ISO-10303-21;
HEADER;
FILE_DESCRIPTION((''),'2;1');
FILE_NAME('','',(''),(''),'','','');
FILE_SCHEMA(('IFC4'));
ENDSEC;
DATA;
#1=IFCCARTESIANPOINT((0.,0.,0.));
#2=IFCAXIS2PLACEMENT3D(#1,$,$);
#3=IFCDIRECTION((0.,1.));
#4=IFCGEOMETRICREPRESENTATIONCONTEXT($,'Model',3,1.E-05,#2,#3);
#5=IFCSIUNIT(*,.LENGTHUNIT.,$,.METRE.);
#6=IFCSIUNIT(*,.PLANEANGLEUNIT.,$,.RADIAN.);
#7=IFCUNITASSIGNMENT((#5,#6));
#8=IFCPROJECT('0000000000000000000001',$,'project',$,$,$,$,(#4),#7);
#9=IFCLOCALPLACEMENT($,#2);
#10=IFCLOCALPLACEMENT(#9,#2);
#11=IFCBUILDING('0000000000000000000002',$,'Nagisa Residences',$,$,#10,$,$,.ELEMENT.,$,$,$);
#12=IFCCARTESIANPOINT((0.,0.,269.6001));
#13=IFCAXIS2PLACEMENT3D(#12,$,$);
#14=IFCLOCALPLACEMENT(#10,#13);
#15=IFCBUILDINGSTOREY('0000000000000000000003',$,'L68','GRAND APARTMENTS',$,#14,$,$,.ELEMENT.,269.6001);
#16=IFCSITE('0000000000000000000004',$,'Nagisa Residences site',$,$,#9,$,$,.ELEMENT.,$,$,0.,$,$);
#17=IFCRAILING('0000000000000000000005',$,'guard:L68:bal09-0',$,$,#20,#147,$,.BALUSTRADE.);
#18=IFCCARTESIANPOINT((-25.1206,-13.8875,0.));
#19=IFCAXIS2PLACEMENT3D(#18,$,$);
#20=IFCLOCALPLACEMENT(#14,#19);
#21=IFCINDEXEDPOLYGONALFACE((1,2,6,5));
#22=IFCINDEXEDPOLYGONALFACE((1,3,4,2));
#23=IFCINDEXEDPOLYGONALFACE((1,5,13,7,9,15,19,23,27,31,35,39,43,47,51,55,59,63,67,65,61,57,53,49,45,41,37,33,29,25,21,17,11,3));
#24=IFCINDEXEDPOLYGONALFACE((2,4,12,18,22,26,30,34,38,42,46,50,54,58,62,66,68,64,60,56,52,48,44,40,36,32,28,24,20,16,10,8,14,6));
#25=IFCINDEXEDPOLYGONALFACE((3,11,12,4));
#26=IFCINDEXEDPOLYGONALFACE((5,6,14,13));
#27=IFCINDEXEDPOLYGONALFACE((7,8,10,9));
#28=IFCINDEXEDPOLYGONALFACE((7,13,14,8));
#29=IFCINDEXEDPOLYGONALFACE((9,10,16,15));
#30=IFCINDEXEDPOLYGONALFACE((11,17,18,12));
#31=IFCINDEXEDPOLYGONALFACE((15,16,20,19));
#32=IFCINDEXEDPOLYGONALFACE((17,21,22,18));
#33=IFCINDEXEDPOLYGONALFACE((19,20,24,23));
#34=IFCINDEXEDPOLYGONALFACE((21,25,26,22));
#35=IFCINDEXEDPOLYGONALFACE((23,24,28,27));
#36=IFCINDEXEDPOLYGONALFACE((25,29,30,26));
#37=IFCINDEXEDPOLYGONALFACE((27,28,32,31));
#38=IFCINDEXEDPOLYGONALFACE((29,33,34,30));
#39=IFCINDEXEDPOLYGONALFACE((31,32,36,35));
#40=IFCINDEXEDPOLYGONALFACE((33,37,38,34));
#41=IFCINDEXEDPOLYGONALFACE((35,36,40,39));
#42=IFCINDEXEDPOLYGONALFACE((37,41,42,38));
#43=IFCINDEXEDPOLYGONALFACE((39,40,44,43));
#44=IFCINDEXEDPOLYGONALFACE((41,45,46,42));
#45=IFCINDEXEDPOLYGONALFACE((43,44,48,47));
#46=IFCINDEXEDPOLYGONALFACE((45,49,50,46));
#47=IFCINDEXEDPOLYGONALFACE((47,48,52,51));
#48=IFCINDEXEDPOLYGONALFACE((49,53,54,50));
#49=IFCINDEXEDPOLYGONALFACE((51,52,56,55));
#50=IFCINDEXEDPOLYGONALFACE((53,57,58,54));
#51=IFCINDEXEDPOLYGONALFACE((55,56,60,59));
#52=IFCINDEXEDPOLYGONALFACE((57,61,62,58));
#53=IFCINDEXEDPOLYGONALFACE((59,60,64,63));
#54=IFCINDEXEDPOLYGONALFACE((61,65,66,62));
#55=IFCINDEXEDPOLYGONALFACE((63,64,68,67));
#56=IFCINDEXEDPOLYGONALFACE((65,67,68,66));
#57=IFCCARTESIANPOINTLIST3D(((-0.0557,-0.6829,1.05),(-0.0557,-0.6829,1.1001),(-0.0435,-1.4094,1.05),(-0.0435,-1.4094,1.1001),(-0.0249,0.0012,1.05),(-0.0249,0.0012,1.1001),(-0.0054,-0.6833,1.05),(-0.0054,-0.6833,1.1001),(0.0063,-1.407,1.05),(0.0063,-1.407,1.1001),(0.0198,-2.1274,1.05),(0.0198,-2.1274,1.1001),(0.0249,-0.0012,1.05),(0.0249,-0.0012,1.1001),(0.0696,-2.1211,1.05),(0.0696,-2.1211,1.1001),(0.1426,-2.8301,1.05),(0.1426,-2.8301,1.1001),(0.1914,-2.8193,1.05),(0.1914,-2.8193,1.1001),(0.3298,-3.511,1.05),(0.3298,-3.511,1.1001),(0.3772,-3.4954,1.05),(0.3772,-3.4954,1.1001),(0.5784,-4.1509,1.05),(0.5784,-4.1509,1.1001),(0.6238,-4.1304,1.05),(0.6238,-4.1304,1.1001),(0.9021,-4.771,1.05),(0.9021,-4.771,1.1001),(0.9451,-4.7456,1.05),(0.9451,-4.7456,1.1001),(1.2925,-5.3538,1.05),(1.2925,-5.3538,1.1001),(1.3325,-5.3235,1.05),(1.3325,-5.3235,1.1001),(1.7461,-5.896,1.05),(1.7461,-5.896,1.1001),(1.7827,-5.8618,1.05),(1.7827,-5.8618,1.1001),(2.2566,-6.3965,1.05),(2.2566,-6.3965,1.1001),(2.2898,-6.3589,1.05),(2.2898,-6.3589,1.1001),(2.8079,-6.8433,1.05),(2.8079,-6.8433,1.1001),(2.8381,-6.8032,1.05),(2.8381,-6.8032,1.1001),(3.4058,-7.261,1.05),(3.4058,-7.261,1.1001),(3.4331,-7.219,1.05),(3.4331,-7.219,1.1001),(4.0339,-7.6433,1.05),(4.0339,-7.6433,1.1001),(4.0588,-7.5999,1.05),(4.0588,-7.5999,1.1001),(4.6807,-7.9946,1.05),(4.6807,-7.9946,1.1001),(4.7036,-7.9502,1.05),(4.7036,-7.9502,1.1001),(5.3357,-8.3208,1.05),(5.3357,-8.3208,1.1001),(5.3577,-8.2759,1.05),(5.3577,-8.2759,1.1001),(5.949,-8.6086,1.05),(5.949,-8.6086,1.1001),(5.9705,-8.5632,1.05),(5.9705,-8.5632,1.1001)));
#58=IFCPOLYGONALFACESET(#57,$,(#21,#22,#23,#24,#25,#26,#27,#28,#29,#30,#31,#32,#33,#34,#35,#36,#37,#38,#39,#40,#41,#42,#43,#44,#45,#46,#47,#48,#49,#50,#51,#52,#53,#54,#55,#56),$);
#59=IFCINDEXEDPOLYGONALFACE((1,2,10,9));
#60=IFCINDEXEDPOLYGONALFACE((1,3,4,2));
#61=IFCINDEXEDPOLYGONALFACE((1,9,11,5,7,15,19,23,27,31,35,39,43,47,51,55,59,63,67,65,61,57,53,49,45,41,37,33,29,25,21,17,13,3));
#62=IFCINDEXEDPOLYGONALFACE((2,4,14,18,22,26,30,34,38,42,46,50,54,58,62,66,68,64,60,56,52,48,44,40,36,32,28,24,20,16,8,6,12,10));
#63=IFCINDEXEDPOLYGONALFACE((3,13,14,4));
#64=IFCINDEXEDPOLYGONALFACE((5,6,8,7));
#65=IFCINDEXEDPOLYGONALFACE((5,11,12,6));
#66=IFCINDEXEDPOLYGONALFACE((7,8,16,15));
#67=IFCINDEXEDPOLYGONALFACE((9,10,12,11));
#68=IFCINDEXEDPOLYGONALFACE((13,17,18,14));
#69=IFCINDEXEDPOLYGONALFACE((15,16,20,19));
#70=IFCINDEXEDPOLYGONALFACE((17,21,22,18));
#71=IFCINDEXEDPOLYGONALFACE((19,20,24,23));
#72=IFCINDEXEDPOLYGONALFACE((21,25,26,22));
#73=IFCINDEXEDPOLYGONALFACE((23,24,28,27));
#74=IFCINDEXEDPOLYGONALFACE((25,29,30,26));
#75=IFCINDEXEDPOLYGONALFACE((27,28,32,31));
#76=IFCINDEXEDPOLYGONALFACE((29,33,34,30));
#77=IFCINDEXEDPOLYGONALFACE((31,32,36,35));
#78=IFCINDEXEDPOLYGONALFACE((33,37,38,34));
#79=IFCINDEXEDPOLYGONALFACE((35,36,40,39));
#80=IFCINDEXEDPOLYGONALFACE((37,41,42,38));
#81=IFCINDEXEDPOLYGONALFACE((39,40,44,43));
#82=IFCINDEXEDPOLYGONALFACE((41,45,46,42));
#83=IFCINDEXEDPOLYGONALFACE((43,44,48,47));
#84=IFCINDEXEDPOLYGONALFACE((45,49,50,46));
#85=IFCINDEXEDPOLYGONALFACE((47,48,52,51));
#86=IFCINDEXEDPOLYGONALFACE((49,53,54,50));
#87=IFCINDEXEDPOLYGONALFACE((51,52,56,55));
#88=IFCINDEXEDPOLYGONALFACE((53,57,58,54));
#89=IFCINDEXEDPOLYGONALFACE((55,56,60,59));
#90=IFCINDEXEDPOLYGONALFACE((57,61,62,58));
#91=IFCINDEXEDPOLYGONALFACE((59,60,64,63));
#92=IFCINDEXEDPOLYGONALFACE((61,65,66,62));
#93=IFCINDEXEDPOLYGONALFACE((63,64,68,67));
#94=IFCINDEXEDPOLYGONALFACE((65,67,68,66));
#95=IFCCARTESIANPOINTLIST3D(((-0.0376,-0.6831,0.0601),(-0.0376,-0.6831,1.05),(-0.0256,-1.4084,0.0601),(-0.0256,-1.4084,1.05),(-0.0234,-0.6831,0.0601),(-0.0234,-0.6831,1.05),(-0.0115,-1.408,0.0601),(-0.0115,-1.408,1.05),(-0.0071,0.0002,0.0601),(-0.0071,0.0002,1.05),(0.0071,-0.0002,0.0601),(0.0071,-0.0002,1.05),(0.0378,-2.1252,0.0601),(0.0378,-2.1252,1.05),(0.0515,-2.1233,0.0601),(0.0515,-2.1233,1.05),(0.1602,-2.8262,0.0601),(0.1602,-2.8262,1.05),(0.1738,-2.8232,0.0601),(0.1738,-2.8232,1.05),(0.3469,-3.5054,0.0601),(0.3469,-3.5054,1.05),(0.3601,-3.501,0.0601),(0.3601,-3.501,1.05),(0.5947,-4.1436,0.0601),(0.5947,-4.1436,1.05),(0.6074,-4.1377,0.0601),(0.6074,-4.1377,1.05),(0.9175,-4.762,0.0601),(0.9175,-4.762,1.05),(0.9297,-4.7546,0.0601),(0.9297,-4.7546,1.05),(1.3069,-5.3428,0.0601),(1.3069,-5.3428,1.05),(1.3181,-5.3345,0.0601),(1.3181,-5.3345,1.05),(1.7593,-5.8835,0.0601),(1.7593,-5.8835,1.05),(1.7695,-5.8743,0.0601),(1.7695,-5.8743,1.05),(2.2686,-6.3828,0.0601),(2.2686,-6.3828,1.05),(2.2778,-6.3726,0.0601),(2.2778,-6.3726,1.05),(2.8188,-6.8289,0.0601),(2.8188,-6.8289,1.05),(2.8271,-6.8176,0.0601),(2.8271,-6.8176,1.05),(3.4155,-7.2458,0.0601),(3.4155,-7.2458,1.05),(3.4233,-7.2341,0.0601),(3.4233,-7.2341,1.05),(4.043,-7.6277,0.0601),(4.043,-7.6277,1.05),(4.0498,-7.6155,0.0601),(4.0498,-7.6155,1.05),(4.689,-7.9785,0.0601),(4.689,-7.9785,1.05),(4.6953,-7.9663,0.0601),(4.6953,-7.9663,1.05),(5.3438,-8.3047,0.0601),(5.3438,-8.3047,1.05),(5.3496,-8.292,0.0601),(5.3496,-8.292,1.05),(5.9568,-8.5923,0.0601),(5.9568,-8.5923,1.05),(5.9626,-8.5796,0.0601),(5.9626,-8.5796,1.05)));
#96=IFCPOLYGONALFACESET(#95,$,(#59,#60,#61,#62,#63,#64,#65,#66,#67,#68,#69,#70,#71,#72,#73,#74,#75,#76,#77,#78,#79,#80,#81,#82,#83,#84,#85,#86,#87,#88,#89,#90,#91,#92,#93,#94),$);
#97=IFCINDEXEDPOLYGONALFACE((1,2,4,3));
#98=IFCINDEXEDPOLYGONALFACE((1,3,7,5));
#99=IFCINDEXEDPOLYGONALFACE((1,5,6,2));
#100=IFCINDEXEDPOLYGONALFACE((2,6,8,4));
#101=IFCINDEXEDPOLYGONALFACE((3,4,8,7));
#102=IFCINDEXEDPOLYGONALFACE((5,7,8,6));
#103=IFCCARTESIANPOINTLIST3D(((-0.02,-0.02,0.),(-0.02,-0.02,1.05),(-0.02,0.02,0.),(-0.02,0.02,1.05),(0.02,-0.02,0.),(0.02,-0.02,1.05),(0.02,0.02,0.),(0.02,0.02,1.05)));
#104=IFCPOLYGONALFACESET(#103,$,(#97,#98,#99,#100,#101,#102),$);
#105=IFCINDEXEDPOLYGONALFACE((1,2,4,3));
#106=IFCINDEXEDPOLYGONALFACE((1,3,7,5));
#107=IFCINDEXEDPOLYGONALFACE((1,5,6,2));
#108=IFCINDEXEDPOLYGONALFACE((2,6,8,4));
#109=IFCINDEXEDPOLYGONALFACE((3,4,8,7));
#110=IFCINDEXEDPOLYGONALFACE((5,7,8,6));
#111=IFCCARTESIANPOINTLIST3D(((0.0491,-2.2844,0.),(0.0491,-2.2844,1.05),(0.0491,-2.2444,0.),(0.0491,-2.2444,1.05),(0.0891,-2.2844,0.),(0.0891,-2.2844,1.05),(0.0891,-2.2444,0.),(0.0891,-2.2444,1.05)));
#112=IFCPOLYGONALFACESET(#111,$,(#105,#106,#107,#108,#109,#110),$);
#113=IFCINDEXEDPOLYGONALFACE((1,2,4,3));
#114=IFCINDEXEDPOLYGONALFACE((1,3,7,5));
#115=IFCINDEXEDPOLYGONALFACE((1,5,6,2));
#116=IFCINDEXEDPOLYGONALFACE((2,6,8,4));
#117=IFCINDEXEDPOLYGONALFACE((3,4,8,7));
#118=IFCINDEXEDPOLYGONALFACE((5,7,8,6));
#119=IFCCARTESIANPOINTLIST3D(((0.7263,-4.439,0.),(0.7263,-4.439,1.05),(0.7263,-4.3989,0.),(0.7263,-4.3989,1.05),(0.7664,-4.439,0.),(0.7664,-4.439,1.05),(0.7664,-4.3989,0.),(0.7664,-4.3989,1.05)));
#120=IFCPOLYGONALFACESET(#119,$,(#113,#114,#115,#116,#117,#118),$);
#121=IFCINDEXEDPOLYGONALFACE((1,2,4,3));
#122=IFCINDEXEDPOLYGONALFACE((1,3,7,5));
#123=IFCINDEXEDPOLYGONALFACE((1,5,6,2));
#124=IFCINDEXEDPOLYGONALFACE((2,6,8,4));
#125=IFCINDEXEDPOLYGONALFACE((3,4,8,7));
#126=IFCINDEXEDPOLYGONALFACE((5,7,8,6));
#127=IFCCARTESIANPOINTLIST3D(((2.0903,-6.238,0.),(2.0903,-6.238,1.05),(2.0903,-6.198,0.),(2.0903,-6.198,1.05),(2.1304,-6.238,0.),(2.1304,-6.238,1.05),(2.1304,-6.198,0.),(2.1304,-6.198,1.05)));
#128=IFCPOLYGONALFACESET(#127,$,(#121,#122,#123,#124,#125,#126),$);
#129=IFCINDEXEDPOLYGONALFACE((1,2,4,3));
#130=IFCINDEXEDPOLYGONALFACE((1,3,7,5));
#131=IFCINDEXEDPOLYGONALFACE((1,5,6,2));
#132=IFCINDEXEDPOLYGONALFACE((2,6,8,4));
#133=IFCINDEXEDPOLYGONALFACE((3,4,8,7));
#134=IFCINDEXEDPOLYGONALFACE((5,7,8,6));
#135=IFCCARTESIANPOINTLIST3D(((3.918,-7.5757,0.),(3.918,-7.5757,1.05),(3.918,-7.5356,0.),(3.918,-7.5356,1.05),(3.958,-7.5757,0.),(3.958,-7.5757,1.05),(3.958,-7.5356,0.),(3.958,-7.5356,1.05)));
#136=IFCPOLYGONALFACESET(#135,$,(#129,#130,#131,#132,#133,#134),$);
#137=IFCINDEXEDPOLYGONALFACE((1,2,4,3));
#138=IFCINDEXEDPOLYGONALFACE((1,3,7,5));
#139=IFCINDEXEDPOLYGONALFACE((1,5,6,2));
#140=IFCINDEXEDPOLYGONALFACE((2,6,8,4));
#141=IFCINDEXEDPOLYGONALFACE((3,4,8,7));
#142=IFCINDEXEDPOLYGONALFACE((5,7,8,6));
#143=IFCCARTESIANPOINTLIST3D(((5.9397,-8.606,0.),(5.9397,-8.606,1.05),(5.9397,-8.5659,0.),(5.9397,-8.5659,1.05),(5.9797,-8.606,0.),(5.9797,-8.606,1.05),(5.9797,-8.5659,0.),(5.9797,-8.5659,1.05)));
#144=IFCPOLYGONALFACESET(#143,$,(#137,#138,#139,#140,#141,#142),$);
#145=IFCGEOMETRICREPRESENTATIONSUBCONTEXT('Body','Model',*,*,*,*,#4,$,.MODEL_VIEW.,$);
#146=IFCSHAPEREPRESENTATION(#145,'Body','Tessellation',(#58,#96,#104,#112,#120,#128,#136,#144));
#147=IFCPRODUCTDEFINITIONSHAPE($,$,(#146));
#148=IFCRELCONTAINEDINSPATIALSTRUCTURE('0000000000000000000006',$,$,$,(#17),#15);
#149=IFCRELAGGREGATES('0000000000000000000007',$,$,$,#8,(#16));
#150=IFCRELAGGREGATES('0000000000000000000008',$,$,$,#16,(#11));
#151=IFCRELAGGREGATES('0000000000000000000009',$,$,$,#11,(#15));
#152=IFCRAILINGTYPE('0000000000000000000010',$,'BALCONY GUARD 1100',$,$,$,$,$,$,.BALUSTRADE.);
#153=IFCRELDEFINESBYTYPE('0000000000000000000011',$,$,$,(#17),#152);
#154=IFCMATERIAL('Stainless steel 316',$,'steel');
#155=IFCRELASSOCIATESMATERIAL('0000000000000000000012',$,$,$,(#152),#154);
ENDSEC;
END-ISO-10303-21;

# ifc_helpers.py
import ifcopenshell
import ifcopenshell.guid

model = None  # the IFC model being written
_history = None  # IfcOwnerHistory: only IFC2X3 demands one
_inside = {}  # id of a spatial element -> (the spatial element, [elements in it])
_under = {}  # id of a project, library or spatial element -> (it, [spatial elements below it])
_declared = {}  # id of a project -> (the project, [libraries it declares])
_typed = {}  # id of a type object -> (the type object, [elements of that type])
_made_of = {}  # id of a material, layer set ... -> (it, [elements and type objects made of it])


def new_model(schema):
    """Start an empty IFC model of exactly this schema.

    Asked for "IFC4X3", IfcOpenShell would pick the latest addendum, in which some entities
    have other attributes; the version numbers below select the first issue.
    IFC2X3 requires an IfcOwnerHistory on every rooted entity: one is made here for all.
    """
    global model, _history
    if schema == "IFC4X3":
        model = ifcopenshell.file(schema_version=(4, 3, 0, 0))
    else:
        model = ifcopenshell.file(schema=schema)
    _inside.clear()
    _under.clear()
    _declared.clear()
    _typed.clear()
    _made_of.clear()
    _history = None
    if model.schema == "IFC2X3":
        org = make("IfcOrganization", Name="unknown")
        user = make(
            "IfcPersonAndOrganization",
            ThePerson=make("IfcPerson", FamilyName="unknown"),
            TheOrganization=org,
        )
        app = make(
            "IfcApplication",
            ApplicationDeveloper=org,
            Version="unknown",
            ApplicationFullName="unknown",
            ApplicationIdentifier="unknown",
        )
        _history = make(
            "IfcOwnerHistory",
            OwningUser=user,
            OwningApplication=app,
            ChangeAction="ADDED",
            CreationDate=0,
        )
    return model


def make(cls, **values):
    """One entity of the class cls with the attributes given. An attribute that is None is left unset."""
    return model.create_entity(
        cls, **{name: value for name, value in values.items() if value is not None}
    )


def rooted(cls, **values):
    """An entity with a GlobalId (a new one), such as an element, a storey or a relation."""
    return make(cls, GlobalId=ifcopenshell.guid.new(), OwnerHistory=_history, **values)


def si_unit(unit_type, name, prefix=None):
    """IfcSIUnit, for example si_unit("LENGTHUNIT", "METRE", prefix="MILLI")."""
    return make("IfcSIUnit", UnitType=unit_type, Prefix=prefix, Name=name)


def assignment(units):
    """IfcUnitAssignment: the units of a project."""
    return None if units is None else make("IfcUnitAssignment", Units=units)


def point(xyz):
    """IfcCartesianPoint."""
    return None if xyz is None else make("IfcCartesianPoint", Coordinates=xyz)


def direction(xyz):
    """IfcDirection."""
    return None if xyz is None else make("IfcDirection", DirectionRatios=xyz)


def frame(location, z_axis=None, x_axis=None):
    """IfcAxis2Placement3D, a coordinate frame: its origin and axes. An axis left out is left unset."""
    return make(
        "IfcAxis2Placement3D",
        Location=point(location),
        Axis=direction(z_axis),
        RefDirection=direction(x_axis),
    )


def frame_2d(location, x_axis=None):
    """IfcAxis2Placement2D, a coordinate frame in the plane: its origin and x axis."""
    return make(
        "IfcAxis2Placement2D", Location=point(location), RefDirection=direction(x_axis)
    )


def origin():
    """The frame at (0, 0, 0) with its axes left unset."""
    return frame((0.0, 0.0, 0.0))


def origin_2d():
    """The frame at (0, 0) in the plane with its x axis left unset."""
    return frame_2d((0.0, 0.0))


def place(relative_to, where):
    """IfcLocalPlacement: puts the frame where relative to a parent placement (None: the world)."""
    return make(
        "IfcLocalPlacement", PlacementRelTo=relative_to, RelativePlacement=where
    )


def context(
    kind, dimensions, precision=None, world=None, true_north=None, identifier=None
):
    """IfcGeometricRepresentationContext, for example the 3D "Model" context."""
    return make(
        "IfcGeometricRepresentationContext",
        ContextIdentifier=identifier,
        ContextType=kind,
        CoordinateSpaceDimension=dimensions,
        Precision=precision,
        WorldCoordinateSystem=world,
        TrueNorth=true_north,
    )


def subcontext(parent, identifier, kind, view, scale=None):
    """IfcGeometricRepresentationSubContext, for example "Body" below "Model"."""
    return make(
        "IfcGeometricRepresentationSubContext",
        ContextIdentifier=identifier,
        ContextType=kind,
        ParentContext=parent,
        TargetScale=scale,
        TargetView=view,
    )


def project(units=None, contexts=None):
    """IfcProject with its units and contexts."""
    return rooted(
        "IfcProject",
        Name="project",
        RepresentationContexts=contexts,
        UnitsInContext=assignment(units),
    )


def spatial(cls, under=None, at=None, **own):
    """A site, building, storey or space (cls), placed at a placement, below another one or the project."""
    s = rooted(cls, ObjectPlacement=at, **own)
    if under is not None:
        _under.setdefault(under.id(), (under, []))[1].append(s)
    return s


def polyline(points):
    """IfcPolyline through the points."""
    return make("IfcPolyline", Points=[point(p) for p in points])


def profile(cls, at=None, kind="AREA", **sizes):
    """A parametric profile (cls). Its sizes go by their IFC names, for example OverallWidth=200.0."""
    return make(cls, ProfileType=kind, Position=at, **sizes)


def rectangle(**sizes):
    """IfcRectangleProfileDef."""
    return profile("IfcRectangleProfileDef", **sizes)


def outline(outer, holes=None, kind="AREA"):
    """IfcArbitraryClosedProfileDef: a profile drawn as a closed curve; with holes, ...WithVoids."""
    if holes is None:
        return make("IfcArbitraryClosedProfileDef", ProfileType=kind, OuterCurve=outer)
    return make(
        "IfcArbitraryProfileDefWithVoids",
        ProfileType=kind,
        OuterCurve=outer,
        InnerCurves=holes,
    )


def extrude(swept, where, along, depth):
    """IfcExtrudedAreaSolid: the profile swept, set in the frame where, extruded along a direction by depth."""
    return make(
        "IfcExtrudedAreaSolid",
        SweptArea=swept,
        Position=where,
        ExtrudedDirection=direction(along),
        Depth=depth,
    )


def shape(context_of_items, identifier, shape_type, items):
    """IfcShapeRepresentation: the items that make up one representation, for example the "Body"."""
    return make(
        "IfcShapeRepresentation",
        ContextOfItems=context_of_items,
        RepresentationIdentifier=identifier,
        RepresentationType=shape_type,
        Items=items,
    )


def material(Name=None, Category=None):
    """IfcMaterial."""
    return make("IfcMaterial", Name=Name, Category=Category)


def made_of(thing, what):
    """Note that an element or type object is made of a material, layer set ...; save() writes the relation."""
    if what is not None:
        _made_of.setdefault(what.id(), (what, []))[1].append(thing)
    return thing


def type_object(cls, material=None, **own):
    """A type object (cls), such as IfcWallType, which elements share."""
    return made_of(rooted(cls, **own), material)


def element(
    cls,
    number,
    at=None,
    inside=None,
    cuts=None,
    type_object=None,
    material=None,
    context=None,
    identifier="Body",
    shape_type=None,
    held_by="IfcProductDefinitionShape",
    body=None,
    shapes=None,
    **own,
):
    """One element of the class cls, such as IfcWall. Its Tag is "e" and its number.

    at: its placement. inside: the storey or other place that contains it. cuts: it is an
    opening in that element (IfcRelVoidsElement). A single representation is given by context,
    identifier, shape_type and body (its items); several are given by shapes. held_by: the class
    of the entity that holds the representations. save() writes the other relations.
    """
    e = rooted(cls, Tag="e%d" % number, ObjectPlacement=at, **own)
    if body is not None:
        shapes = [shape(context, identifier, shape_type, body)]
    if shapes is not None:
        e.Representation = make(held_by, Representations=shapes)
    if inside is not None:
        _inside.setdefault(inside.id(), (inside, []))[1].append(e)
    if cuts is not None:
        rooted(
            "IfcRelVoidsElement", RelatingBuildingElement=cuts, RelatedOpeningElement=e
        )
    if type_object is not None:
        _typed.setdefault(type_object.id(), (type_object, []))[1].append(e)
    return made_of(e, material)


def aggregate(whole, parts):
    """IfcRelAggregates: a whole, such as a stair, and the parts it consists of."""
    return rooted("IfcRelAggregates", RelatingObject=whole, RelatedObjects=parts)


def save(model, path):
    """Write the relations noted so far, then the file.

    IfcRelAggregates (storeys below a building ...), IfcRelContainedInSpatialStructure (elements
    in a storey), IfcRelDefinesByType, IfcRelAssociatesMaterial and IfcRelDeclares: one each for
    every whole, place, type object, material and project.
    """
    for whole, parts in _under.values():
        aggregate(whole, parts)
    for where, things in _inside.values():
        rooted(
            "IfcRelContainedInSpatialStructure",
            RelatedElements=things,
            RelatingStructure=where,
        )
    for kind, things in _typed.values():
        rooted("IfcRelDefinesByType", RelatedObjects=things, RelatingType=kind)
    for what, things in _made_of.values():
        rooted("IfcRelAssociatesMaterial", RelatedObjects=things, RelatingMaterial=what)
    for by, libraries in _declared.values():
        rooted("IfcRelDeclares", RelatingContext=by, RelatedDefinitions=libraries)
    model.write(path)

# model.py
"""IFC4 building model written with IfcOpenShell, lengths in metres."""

from ifc_helpers import new_model, si_unit, direction, frame, origin, origin_2d, place, context, subcontext, project, spatial, polyline, rectangle, outline, extrude, material, type_object, element, save


model = new_model("IFC4")

# Units and contexts
model_context = context("Model", 3, precision=1e-05, world=origin(), true_north=direction((0.0, 1.0)))
body_context = subcontext(model_context, "Body", "Model", "MODEL_VIEW")
ifc_project = project(units=[si_unit("LENGTHUNIT", "METRE"), si_unit("PLANEANGLEUNIT", "RADIAN")], contexts=[model_context])

# Site, building, storey
site_placement = place(None, origin())
site = spatial("IfcSite", under=ifc_project, at=site_placement, Name="Nagisa Residences site", CompositionType="ELEMENT", RefElevation=0.0)
building_placement = place(site_placement, origin())
building = spatial("IfcBuilding", under=site, at=building_placement, Name="Nagisa Residences", CompositionType="ELEMENT")
storey_placement = place(building_placement, frame((0.0, 0.0, 269.6001)))
storey = spatial("IfcBuildingStorey", under=building, at=storey_placement, Name="L68", Description="GRAND APARTMENTS", CompositionType="ELEMENT", Elevation=269.6001)

# Railing
ifc_material_1 = material(Name="Stainless steel 316", Category="steel")
railing_type = type_object("IfcRailingType", Name="BALCONY GUARD 1100", PredefinedType="BALUSTRADE", material=ifc_material_1)
railing_1_placement = place(storey_placement, frame((-25.1206, -13.8875, 0.0)))
element("IfcRailing", 1, at=railing_1_placement, inside=storey, type_object=railing_type, Name="guard:L68:bal09-0", PredefinedType="BALUSTRADE", context=body_context, shape_type="SweptSolid", body=[
    extrude(outline(polyline([(-0.0054, -0.6833), (0.0249, -0.0012), (-0.0249, 0.0012), (-0.0557, -0.6829), (-0.0435, -1.4094), (0.0198, -2.1274), (0.1426, -2.8301), (0.3298, -3.511), (0.5784, -4.1509), (0.9021, -4.771), (1.2925, -5.3538), (1.7461, -5.896), (2.2566, -6.3965), (2.8079, -6.8433), (3.4058, -7.261), (4.0339, -7.6433), (4.6807, -7.9946), (5.3357, -8.3208), (5.949, -8.6086), (5.9705, -8.5632), (5.3577, -8.2759), (4.7036, -7.9502), (4.0588, -7.5999), (3.4331, -7.219), (2.8381, -6.8032), (2.2898, -6.3589), (1.7827, -5.8618), (1.3325, -5.3235), (0.9451, -4.7456), (0.6238, -4.1304), (0.3772, -3.4954), (0.1914, -2.8193), (0.0696, -2.1211), (0.0063, -1.407), (-0.0054, -0.6833)])), frame((0.0, 0.0, 1.05)), (0.0, 0.0, 1.0), 0.05),
    extrude(outline(polyline([(-0.0234, -0.6831), (0.0071, -0.0002), (-0.0071, 0.0002), (-0.0376, -0.6831), (-0.0256, -1.4084), (0.0378, -2.1252), (0.1602, -2.8262), (0.3469, -3.5054), (0.5947, -4.1436), (0.9175, -4.762), (1.3069, -5.3428), (1.7593, -5.8835), (2.2686, -6.3828), (2.8188, -6.8289), (3.4155, -7.2458), (4.043, -7.6277), (4.689, -7.9785), (5.3438, -8.3047), (5.9568, -8.5923), (5.9626, -8.5796), (5.3496, -8.292), (4.6953, -7.9663), (4.0498, -7.6155), (3.4233, -7.2341), (2.8271, -6.8176), (2.2778, -6.3726), (1.7695, -5.8743), (1.3181, -5.3345), (0.9297, -4.7546), (0.6074, -4.1377), (0.3601, -3.501), (0.1738, -2.8232), (0.0515, -2.1233), (-0.0115, -1.408), (-0.0234, -0.6831)])), frame((0.0, 0.0, 0.0601)), (0.0, 0.0, 1.0), 0.99),
    extrude(rectangle(XDim=0.04, YDim=0.04, at=origin_2d()), origin(), (0.0, 0.0, 1.0), 1.05),
    extrude(rectangle(XDim=0.04, YDim=0.04, at=origin_2d()), frame((0.0691, -2.2644, 0.0)), (0.0, 0.0, 1.0), 1.05),
    extrude(rectangle(XDim=0.04, YDim=0.04, at=origin_2d()), frame((0.7463, -4.4189, 0.0)), (0.0, 0.0, 1.0), 1.05),
    extrude(rectangle(XDim=0.04, YDim=0.04, at=origin_2d()), frame((2.1104, -6.218, 0.0)), (0.0, 0.0, 1.0), 1.05),
    extrude(rectangle(XDim=0.04, YDim=0.04, at=origin_2d()), frame((3.938, -7.5557, 0.0)), (0.0, 0.0, 1.0), 1.05),
    extrude(rectangle(XDim=0.04, YDim=0.04, at=origin_2d()), frame((5.9597, -8.5859, 0.0)), (0.0, 0.0, 1.0), 1.05),
])

save(model, "model.ifc")
